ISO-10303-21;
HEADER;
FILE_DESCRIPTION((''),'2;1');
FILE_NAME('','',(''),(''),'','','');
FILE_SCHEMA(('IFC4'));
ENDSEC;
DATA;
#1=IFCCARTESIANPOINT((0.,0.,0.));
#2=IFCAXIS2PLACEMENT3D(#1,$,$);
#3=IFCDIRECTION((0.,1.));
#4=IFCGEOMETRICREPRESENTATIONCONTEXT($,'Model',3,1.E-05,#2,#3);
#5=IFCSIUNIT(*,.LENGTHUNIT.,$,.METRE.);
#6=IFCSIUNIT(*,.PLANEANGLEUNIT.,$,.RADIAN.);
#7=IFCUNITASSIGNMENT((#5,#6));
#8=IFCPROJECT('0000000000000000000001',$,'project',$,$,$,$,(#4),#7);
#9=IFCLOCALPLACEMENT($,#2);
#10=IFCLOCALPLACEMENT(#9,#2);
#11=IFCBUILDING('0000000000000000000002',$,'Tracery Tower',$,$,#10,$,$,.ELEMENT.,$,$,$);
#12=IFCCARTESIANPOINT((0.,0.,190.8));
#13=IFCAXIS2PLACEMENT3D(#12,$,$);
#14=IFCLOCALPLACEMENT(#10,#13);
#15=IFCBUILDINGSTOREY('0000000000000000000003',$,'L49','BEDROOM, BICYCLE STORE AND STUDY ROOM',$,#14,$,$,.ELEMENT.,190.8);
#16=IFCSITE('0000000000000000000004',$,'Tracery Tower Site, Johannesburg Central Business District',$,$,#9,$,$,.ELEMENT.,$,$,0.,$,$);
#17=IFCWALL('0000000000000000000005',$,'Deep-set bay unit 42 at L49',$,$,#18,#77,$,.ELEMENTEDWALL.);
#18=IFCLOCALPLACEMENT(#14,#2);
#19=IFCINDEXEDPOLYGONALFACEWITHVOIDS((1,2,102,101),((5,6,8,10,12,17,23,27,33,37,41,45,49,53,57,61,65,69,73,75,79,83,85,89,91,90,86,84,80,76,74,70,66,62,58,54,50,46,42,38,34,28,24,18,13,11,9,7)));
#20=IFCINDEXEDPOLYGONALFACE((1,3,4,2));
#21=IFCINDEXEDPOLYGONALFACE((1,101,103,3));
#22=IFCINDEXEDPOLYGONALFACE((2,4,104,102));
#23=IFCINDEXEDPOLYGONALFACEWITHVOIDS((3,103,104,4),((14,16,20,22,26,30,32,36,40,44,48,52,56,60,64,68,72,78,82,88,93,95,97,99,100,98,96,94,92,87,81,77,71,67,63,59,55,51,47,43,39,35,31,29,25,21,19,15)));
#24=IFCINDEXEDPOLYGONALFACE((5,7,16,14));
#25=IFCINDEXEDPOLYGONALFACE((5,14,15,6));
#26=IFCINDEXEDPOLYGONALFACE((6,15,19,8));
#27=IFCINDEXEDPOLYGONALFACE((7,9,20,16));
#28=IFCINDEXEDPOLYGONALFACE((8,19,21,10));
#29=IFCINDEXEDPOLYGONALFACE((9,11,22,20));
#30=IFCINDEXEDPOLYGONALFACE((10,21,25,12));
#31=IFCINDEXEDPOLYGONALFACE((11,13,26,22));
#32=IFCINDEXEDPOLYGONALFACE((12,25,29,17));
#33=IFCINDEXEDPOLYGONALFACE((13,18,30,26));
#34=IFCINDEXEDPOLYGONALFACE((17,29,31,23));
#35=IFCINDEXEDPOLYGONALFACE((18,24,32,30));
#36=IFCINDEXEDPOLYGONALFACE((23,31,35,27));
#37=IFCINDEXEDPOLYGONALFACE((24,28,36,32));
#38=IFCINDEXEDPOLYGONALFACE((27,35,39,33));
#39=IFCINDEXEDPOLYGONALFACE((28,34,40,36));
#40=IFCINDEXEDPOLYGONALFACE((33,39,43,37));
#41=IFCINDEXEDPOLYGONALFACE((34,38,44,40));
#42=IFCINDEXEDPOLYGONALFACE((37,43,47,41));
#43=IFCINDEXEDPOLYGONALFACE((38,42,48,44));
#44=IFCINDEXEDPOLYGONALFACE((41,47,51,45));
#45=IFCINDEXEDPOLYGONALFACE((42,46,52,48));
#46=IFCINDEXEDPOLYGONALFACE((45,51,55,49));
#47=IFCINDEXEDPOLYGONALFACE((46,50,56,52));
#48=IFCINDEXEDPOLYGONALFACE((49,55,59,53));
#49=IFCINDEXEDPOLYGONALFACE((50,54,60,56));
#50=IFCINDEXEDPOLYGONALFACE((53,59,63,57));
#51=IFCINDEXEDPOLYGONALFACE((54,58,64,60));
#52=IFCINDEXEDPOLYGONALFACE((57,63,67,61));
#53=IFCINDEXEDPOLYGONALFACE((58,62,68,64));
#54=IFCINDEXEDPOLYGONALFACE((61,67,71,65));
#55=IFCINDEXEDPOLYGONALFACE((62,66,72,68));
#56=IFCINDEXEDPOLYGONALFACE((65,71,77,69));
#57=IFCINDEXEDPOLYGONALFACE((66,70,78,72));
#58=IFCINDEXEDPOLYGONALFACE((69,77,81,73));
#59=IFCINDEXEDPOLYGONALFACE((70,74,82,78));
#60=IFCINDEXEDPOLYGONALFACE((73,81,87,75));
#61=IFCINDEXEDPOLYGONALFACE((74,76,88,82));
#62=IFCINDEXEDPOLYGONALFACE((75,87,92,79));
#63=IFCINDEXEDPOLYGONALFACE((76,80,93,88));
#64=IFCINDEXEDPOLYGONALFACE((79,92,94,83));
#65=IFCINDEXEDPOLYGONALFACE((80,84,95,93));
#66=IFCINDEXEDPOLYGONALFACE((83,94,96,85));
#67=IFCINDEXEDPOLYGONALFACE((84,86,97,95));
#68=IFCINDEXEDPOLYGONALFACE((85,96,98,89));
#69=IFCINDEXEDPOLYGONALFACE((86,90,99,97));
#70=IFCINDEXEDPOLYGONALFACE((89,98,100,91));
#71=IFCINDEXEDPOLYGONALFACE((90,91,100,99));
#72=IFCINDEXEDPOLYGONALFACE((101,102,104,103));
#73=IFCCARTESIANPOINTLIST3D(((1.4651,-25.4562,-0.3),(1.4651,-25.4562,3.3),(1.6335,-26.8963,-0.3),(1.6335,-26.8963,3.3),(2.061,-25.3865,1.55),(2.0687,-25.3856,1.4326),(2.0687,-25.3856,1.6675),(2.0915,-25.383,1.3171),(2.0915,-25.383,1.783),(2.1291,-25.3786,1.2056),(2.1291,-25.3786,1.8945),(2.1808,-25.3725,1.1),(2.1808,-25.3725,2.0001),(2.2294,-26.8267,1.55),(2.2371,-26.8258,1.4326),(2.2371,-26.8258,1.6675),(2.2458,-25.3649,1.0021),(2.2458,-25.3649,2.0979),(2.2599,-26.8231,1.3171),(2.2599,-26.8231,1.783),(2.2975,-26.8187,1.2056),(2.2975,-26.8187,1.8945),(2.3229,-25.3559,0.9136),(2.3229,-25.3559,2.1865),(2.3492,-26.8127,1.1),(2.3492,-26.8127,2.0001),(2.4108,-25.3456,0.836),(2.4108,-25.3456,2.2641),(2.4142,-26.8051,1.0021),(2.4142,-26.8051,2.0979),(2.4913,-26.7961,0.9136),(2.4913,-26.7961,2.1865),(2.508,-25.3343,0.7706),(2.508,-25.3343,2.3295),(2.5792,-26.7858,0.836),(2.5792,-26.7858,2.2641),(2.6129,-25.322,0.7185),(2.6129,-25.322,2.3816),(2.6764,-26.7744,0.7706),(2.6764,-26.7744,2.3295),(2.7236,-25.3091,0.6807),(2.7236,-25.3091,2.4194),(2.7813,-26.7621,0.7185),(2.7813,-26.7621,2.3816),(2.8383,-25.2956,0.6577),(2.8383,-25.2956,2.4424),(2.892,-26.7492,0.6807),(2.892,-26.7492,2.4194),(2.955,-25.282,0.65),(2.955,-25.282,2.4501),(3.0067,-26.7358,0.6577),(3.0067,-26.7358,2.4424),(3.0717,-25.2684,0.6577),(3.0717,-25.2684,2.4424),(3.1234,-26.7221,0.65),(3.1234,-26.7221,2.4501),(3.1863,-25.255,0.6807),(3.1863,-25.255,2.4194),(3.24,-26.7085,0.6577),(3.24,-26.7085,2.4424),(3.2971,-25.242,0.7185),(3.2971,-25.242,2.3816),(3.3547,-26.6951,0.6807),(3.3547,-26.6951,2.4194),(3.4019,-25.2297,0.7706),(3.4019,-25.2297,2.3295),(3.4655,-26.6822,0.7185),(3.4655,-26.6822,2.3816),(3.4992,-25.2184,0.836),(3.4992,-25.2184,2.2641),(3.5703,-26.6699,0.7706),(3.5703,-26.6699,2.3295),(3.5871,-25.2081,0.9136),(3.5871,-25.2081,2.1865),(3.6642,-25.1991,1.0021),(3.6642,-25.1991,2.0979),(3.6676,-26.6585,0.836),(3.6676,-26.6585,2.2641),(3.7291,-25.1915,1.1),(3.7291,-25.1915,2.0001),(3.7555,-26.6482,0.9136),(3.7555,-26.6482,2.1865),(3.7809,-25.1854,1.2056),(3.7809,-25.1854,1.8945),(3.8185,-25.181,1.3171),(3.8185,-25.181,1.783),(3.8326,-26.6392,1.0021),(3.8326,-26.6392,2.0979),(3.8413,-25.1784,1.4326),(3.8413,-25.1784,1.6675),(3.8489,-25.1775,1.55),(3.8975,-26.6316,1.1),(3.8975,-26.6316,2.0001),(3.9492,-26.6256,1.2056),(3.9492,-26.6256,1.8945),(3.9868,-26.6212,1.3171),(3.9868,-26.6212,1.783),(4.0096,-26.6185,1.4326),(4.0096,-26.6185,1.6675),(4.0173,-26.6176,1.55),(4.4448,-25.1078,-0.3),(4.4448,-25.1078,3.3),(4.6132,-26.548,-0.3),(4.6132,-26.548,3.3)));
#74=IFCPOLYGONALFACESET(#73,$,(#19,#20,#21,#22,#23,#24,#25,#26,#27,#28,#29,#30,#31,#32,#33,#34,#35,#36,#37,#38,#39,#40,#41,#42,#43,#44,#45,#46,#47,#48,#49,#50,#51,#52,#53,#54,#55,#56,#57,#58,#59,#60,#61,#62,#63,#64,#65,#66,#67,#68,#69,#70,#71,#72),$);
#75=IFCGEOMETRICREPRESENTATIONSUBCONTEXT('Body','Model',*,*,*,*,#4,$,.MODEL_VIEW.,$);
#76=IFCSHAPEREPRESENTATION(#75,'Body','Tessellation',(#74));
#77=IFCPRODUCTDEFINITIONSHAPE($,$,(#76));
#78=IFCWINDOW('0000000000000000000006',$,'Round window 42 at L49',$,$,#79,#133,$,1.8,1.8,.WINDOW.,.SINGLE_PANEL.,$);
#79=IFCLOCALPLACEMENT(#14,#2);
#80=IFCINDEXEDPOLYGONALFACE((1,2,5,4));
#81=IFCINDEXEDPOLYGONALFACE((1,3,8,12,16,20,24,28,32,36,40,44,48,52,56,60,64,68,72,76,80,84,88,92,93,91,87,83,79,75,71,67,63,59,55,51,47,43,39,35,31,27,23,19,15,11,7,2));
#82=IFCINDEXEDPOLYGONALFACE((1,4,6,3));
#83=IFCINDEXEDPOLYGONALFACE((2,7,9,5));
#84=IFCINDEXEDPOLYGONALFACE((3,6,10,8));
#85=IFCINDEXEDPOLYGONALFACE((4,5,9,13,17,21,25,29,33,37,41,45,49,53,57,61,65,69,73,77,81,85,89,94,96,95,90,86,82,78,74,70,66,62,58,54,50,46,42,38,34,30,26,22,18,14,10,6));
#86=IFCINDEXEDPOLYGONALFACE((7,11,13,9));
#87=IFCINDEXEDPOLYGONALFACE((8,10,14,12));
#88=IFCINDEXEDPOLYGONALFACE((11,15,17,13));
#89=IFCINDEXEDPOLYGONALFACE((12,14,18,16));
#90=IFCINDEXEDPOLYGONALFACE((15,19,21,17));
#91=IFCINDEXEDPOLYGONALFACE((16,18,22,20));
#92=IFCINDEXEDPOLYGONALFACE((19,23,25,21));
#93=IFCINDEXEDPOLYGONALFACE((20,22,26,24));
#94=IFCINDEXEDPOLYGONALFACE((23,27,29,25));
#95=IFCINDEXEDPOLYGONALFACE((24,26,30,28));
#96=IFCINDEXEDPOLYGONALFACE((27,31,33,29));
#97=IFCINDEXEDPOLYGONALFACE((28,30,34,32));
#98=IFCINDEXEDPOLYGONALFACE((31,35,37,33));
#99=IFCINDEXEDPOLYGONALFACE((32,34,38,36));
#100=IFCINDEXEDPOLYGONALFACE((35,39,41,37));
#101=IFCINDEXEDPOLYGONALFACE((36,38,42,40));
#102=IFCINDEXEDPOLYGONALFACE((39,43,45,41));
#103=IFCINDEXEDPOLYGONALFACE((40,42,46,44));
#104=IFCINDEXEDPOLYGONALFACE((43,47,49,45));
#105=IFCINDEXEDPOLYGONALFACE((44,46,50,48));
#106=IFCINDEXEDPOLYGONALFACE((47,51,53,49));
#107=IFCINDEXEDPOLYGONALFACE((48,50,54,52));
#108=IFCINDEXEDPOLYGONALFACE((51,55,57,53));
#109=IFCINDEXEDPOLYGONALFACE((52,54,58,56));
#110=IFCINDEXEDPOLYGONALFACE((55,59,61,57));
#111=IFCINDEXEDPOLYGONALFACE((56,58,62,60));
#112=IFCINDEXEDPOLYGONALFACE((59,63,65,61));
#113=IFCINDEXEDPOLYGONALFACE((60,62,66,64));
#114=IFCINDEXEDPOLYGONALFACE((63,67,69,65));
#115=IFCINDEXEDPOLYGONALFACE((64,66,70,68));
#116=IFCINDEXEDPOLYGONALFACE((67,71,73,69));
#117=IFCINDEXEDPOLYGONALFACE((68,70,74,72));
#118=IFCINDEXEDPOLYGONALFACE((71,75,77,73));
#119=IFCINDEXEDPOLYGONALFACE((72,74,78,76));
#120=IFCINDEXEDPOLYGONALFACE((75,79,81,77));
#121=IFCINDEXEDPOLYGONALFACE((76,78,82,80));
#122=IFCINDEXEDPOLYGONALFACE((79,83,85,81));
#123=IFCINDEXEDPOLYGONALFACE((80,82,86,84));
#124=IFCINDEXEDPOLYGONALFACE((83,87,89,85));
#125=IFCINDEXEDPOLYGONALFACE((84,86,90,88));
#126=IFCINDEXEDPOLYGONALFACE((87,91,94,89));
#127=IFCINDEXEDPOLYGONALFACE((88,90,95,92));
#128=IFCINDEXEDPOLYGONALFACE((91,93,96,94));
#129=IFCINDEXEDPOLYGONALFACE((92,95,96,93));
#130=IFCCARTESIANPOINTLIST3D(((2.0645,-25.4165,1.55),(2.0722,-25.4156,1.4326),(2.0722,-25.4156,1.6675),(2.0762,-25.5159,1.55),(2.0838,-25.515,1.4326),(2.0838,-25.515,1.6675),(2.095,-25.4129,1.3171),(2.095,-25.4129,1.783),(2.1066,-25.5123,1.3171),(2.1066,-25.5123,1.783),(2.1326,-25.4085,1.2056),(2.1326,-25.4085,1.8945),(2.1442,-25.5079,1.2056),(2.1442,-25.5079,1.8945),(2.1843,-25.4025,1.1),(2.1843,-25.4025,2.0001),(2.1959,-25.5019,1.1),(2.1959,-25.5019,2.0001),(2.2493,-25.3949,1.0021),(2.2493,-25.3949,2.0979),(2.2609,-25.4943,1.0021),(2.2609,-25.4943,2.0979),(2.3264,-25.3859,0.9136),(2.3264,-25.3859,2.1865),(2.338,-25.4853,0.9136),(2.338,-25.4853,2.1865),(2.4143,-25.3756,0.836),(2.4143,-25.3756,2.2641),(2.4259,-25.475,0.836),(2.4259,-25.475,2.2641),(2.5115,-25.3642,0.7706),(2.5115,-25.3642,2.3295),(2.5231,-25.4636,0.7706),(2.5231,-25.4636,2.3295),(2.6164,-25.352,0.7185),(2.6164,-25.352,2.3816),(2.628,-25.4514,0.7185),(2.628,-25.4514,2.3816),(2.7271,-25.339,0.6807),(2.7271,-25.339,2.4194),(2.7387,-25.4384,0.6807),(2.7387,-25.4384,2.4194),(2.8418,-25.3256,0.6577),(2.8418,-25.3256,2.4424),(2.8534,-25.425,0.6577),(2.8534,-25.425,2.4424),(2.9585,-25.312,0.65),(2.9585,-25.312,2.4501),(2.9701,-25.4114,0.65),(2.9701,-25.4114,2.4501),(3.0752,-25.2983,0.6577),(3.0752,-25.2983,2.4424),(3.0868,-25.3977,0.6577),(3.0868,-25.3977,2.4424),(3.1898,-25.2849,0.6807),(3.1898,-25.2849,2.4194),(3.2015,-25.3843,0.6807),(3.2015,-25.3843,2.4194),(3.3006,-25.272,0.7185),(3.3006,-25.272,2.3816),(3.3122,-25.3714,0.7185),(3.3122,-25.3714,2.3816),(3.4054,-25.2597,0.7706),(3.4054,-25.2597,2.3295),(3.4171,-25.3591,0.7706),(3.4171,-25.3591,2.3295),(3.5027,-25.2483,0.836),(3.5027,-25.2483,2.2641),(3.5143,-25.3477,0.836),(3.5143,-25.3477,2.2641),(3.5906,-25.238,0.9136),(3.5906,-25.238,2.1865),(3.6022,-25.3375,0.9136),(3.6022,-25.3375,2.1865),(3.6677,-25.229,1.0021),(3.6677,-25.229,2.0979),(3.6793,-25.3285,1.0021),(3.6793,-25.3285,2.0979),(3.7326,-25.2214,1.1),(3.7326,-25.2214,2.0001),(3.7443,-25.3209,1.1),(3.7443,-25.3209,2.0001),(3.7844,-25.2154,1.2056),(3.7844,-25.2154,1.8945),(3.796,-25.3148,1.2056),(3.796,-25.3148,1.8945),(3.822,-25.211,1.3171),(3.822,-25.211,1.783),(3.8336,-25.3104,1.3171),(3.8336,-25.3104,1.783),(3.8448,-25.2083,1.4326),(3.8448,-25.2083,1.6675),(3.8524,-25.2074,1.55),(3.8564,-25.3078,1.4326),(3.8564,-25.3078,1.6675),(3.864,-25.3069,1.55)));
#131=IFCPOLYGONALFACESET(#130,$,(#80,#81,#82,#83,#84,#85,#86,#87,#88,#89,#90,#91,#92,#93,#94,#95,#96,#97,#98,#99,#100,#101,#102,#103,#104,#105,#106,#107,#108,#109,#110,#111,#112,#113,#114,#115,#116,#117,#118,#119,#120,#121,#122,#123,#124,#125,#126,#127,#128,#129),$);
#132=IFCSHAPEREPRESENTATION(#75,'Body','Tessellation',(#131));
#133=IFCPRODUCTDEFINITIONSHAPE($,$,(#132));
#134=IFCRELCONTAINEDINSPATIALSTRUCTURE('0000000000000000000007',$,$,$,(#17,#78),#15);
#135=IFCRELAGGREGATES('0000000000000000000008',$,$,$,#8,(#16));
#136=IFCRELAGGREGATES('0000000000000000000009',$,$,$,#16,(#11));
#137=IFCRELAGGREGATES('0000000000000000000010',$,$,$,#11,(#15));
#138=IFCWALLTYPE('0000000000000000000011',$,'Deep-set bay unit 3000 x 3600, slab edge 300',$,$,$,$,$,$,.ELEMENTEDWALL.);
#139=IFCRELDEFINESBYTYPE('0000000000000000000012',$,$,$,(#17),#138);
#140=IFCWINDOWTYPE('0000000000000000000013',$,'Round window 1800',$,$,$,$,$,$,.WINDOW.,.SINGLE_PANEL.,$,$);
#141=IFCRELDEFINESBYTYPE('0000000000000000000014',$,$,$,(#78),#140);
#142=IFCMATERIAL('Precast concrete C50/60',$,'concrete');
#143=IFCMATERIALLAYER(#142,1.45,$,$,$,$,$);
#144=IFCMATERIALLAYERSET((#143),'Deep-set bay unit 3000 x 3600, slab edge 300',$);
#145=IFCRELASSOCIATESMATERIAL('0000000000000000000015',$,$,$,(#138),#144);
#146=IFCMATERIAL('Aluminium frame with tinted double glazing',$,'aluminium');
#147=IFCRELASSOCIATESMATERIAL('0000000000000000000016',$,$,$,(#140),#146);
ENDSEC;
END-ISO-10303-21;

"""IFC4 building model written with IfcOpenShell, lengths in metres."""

from ifc_helpers import new_model, si_unit, direction, frame, frame_2d, origin, origin_2d, place, context, subcontext, project, spatial, rectangle, circle, extrude, material, layer, layer_set, type_object, element, fill, save


model = new_model("IFC4")

# Units and contexts
model_context = context("Model", 3, precision=1e-05, world=origin(), true_north=direction((0.0, 1.0)))
body_context = subcontext(model_context, "Body", "Model", "MODEL_VIEW")
ifc_project = project(units=[si_unit("LENGTHUNIT", "METRE"), si_unit("PLANEANGLEUNIT", "RADIAN")], contexts=[model_context])

# Site, building, storey
site_placement = place(None, origin())
site = spatial("IfcSite", under=ifc_project, at=site_placement, Name="Tracery Tower Site, Johannesburg Central Business District", CompositionType="ELEMENT", RefElevation=0.0)
building_placement = place(site_placement, origin())
building = spatial("IfcBuilding", under=site, at=building_placement, Name="Tracery Tower", CompositionType="ELEMENT")
storey_placement = place(building_placement, frame((0.0, 0.0, 190.8)))
storey = spatial("IfcBuildingStorey", under=building, at=storey_placement, Name="L49", Description="BEDROOM, BICYCLE STORE AND STUDY ROOM", CompositionType="ELEMENT", Elevation=190.8)

# Wall, opening, window
ifc_material_1 = material(Name="Precast concrete C50/60", Category="concrete")
ifc_layer_1 = layer(ifc_material_1, 1.45)
ifc_layer_set_1 = layer_set([ifc_layer_1], Name="Deep-set bay unit 3000 x 3600, slab edge 300")
wall_type_1 = type_object("IfcWallType", Name="Deep-set bay unit 3000 x 3600, slab edge 300", PredefinedType="ELEMENTEDWALL", material=ifc_layer_set_1)
wall_1_placement = place(storey_placement, frame((1.5493, -26.1763, -0.3), z_axis=(0.0, 0.0, 1.0), x_axis=(0.993234, 0.116128, 0.0)))
wall_1 = element("IfcWall", 1, at=wall_1_placement, inside=storey, type_object=wall_type_1, Name="Deep-set bay unit 42 at L49", PredefinedType="ELEMENTEDWALL", context=body_context, shape_type="SweptSolid", body=[
    extrude(rectangle(XDim=3.0, YDim=1.45, at=frame_2d((1.5, 0.0))), origin(), (0.0, 0.0, 1.0), 3.6001),
])
opening_1_placement = place(wall_1_placement, frame((1.5, 0.0, 1.8501)))
opening_1 = element("IfcOpeningElement", 2, at=opening_1_placement, cuts=wall_1, PredefinedType="OPENING", context=body_context, shape_type="SweptSolid", body=[
    extrude(circle(Radius=0.9, at=origin_2d()), frame((0.0, 0.7349, 0.0), z_axis=(0.0, -1.0, 0.0), x_axis=(1.0, 0.0, 0.0)), (0.0, 0.0, 1.0), 1.47),
])
ifc_material_2 = material(Name="Aluminium frame with tinted double glazing", Category="aluminium")
window_type = type_object("IfcWindowType", Name="Round window 1800", PartitioningType="SINGLE_PANEL", PredefinedType="WINDOW", material=ifc_material_2)
window_1_placement = place(opening_1_placement, origin())
window_1 = element("IfcWindow", 3, at=window_1_placement, inside=storey, type_object=window_type, Name="Round window 42 at L49", OverallHeight=1.8, OverallWidth=1.8, PartitioningType="SINGLE_PANEL", PredefinedType="WINDOW", context=body_context, shape_type="SweptSolid", body=[
    extrude(circle(Radius=0.9, at=origin_2d()), frame((0.0, 0.6948, 0.0), z_axis=(0.0, -1.0, 0.0), x_axis=(1.0, 0.0, 0.0)), (0.0, 0.0, 1.0), 0.1001),
])
fill(opening_1, window_1)

save(model, "model.ifc")
